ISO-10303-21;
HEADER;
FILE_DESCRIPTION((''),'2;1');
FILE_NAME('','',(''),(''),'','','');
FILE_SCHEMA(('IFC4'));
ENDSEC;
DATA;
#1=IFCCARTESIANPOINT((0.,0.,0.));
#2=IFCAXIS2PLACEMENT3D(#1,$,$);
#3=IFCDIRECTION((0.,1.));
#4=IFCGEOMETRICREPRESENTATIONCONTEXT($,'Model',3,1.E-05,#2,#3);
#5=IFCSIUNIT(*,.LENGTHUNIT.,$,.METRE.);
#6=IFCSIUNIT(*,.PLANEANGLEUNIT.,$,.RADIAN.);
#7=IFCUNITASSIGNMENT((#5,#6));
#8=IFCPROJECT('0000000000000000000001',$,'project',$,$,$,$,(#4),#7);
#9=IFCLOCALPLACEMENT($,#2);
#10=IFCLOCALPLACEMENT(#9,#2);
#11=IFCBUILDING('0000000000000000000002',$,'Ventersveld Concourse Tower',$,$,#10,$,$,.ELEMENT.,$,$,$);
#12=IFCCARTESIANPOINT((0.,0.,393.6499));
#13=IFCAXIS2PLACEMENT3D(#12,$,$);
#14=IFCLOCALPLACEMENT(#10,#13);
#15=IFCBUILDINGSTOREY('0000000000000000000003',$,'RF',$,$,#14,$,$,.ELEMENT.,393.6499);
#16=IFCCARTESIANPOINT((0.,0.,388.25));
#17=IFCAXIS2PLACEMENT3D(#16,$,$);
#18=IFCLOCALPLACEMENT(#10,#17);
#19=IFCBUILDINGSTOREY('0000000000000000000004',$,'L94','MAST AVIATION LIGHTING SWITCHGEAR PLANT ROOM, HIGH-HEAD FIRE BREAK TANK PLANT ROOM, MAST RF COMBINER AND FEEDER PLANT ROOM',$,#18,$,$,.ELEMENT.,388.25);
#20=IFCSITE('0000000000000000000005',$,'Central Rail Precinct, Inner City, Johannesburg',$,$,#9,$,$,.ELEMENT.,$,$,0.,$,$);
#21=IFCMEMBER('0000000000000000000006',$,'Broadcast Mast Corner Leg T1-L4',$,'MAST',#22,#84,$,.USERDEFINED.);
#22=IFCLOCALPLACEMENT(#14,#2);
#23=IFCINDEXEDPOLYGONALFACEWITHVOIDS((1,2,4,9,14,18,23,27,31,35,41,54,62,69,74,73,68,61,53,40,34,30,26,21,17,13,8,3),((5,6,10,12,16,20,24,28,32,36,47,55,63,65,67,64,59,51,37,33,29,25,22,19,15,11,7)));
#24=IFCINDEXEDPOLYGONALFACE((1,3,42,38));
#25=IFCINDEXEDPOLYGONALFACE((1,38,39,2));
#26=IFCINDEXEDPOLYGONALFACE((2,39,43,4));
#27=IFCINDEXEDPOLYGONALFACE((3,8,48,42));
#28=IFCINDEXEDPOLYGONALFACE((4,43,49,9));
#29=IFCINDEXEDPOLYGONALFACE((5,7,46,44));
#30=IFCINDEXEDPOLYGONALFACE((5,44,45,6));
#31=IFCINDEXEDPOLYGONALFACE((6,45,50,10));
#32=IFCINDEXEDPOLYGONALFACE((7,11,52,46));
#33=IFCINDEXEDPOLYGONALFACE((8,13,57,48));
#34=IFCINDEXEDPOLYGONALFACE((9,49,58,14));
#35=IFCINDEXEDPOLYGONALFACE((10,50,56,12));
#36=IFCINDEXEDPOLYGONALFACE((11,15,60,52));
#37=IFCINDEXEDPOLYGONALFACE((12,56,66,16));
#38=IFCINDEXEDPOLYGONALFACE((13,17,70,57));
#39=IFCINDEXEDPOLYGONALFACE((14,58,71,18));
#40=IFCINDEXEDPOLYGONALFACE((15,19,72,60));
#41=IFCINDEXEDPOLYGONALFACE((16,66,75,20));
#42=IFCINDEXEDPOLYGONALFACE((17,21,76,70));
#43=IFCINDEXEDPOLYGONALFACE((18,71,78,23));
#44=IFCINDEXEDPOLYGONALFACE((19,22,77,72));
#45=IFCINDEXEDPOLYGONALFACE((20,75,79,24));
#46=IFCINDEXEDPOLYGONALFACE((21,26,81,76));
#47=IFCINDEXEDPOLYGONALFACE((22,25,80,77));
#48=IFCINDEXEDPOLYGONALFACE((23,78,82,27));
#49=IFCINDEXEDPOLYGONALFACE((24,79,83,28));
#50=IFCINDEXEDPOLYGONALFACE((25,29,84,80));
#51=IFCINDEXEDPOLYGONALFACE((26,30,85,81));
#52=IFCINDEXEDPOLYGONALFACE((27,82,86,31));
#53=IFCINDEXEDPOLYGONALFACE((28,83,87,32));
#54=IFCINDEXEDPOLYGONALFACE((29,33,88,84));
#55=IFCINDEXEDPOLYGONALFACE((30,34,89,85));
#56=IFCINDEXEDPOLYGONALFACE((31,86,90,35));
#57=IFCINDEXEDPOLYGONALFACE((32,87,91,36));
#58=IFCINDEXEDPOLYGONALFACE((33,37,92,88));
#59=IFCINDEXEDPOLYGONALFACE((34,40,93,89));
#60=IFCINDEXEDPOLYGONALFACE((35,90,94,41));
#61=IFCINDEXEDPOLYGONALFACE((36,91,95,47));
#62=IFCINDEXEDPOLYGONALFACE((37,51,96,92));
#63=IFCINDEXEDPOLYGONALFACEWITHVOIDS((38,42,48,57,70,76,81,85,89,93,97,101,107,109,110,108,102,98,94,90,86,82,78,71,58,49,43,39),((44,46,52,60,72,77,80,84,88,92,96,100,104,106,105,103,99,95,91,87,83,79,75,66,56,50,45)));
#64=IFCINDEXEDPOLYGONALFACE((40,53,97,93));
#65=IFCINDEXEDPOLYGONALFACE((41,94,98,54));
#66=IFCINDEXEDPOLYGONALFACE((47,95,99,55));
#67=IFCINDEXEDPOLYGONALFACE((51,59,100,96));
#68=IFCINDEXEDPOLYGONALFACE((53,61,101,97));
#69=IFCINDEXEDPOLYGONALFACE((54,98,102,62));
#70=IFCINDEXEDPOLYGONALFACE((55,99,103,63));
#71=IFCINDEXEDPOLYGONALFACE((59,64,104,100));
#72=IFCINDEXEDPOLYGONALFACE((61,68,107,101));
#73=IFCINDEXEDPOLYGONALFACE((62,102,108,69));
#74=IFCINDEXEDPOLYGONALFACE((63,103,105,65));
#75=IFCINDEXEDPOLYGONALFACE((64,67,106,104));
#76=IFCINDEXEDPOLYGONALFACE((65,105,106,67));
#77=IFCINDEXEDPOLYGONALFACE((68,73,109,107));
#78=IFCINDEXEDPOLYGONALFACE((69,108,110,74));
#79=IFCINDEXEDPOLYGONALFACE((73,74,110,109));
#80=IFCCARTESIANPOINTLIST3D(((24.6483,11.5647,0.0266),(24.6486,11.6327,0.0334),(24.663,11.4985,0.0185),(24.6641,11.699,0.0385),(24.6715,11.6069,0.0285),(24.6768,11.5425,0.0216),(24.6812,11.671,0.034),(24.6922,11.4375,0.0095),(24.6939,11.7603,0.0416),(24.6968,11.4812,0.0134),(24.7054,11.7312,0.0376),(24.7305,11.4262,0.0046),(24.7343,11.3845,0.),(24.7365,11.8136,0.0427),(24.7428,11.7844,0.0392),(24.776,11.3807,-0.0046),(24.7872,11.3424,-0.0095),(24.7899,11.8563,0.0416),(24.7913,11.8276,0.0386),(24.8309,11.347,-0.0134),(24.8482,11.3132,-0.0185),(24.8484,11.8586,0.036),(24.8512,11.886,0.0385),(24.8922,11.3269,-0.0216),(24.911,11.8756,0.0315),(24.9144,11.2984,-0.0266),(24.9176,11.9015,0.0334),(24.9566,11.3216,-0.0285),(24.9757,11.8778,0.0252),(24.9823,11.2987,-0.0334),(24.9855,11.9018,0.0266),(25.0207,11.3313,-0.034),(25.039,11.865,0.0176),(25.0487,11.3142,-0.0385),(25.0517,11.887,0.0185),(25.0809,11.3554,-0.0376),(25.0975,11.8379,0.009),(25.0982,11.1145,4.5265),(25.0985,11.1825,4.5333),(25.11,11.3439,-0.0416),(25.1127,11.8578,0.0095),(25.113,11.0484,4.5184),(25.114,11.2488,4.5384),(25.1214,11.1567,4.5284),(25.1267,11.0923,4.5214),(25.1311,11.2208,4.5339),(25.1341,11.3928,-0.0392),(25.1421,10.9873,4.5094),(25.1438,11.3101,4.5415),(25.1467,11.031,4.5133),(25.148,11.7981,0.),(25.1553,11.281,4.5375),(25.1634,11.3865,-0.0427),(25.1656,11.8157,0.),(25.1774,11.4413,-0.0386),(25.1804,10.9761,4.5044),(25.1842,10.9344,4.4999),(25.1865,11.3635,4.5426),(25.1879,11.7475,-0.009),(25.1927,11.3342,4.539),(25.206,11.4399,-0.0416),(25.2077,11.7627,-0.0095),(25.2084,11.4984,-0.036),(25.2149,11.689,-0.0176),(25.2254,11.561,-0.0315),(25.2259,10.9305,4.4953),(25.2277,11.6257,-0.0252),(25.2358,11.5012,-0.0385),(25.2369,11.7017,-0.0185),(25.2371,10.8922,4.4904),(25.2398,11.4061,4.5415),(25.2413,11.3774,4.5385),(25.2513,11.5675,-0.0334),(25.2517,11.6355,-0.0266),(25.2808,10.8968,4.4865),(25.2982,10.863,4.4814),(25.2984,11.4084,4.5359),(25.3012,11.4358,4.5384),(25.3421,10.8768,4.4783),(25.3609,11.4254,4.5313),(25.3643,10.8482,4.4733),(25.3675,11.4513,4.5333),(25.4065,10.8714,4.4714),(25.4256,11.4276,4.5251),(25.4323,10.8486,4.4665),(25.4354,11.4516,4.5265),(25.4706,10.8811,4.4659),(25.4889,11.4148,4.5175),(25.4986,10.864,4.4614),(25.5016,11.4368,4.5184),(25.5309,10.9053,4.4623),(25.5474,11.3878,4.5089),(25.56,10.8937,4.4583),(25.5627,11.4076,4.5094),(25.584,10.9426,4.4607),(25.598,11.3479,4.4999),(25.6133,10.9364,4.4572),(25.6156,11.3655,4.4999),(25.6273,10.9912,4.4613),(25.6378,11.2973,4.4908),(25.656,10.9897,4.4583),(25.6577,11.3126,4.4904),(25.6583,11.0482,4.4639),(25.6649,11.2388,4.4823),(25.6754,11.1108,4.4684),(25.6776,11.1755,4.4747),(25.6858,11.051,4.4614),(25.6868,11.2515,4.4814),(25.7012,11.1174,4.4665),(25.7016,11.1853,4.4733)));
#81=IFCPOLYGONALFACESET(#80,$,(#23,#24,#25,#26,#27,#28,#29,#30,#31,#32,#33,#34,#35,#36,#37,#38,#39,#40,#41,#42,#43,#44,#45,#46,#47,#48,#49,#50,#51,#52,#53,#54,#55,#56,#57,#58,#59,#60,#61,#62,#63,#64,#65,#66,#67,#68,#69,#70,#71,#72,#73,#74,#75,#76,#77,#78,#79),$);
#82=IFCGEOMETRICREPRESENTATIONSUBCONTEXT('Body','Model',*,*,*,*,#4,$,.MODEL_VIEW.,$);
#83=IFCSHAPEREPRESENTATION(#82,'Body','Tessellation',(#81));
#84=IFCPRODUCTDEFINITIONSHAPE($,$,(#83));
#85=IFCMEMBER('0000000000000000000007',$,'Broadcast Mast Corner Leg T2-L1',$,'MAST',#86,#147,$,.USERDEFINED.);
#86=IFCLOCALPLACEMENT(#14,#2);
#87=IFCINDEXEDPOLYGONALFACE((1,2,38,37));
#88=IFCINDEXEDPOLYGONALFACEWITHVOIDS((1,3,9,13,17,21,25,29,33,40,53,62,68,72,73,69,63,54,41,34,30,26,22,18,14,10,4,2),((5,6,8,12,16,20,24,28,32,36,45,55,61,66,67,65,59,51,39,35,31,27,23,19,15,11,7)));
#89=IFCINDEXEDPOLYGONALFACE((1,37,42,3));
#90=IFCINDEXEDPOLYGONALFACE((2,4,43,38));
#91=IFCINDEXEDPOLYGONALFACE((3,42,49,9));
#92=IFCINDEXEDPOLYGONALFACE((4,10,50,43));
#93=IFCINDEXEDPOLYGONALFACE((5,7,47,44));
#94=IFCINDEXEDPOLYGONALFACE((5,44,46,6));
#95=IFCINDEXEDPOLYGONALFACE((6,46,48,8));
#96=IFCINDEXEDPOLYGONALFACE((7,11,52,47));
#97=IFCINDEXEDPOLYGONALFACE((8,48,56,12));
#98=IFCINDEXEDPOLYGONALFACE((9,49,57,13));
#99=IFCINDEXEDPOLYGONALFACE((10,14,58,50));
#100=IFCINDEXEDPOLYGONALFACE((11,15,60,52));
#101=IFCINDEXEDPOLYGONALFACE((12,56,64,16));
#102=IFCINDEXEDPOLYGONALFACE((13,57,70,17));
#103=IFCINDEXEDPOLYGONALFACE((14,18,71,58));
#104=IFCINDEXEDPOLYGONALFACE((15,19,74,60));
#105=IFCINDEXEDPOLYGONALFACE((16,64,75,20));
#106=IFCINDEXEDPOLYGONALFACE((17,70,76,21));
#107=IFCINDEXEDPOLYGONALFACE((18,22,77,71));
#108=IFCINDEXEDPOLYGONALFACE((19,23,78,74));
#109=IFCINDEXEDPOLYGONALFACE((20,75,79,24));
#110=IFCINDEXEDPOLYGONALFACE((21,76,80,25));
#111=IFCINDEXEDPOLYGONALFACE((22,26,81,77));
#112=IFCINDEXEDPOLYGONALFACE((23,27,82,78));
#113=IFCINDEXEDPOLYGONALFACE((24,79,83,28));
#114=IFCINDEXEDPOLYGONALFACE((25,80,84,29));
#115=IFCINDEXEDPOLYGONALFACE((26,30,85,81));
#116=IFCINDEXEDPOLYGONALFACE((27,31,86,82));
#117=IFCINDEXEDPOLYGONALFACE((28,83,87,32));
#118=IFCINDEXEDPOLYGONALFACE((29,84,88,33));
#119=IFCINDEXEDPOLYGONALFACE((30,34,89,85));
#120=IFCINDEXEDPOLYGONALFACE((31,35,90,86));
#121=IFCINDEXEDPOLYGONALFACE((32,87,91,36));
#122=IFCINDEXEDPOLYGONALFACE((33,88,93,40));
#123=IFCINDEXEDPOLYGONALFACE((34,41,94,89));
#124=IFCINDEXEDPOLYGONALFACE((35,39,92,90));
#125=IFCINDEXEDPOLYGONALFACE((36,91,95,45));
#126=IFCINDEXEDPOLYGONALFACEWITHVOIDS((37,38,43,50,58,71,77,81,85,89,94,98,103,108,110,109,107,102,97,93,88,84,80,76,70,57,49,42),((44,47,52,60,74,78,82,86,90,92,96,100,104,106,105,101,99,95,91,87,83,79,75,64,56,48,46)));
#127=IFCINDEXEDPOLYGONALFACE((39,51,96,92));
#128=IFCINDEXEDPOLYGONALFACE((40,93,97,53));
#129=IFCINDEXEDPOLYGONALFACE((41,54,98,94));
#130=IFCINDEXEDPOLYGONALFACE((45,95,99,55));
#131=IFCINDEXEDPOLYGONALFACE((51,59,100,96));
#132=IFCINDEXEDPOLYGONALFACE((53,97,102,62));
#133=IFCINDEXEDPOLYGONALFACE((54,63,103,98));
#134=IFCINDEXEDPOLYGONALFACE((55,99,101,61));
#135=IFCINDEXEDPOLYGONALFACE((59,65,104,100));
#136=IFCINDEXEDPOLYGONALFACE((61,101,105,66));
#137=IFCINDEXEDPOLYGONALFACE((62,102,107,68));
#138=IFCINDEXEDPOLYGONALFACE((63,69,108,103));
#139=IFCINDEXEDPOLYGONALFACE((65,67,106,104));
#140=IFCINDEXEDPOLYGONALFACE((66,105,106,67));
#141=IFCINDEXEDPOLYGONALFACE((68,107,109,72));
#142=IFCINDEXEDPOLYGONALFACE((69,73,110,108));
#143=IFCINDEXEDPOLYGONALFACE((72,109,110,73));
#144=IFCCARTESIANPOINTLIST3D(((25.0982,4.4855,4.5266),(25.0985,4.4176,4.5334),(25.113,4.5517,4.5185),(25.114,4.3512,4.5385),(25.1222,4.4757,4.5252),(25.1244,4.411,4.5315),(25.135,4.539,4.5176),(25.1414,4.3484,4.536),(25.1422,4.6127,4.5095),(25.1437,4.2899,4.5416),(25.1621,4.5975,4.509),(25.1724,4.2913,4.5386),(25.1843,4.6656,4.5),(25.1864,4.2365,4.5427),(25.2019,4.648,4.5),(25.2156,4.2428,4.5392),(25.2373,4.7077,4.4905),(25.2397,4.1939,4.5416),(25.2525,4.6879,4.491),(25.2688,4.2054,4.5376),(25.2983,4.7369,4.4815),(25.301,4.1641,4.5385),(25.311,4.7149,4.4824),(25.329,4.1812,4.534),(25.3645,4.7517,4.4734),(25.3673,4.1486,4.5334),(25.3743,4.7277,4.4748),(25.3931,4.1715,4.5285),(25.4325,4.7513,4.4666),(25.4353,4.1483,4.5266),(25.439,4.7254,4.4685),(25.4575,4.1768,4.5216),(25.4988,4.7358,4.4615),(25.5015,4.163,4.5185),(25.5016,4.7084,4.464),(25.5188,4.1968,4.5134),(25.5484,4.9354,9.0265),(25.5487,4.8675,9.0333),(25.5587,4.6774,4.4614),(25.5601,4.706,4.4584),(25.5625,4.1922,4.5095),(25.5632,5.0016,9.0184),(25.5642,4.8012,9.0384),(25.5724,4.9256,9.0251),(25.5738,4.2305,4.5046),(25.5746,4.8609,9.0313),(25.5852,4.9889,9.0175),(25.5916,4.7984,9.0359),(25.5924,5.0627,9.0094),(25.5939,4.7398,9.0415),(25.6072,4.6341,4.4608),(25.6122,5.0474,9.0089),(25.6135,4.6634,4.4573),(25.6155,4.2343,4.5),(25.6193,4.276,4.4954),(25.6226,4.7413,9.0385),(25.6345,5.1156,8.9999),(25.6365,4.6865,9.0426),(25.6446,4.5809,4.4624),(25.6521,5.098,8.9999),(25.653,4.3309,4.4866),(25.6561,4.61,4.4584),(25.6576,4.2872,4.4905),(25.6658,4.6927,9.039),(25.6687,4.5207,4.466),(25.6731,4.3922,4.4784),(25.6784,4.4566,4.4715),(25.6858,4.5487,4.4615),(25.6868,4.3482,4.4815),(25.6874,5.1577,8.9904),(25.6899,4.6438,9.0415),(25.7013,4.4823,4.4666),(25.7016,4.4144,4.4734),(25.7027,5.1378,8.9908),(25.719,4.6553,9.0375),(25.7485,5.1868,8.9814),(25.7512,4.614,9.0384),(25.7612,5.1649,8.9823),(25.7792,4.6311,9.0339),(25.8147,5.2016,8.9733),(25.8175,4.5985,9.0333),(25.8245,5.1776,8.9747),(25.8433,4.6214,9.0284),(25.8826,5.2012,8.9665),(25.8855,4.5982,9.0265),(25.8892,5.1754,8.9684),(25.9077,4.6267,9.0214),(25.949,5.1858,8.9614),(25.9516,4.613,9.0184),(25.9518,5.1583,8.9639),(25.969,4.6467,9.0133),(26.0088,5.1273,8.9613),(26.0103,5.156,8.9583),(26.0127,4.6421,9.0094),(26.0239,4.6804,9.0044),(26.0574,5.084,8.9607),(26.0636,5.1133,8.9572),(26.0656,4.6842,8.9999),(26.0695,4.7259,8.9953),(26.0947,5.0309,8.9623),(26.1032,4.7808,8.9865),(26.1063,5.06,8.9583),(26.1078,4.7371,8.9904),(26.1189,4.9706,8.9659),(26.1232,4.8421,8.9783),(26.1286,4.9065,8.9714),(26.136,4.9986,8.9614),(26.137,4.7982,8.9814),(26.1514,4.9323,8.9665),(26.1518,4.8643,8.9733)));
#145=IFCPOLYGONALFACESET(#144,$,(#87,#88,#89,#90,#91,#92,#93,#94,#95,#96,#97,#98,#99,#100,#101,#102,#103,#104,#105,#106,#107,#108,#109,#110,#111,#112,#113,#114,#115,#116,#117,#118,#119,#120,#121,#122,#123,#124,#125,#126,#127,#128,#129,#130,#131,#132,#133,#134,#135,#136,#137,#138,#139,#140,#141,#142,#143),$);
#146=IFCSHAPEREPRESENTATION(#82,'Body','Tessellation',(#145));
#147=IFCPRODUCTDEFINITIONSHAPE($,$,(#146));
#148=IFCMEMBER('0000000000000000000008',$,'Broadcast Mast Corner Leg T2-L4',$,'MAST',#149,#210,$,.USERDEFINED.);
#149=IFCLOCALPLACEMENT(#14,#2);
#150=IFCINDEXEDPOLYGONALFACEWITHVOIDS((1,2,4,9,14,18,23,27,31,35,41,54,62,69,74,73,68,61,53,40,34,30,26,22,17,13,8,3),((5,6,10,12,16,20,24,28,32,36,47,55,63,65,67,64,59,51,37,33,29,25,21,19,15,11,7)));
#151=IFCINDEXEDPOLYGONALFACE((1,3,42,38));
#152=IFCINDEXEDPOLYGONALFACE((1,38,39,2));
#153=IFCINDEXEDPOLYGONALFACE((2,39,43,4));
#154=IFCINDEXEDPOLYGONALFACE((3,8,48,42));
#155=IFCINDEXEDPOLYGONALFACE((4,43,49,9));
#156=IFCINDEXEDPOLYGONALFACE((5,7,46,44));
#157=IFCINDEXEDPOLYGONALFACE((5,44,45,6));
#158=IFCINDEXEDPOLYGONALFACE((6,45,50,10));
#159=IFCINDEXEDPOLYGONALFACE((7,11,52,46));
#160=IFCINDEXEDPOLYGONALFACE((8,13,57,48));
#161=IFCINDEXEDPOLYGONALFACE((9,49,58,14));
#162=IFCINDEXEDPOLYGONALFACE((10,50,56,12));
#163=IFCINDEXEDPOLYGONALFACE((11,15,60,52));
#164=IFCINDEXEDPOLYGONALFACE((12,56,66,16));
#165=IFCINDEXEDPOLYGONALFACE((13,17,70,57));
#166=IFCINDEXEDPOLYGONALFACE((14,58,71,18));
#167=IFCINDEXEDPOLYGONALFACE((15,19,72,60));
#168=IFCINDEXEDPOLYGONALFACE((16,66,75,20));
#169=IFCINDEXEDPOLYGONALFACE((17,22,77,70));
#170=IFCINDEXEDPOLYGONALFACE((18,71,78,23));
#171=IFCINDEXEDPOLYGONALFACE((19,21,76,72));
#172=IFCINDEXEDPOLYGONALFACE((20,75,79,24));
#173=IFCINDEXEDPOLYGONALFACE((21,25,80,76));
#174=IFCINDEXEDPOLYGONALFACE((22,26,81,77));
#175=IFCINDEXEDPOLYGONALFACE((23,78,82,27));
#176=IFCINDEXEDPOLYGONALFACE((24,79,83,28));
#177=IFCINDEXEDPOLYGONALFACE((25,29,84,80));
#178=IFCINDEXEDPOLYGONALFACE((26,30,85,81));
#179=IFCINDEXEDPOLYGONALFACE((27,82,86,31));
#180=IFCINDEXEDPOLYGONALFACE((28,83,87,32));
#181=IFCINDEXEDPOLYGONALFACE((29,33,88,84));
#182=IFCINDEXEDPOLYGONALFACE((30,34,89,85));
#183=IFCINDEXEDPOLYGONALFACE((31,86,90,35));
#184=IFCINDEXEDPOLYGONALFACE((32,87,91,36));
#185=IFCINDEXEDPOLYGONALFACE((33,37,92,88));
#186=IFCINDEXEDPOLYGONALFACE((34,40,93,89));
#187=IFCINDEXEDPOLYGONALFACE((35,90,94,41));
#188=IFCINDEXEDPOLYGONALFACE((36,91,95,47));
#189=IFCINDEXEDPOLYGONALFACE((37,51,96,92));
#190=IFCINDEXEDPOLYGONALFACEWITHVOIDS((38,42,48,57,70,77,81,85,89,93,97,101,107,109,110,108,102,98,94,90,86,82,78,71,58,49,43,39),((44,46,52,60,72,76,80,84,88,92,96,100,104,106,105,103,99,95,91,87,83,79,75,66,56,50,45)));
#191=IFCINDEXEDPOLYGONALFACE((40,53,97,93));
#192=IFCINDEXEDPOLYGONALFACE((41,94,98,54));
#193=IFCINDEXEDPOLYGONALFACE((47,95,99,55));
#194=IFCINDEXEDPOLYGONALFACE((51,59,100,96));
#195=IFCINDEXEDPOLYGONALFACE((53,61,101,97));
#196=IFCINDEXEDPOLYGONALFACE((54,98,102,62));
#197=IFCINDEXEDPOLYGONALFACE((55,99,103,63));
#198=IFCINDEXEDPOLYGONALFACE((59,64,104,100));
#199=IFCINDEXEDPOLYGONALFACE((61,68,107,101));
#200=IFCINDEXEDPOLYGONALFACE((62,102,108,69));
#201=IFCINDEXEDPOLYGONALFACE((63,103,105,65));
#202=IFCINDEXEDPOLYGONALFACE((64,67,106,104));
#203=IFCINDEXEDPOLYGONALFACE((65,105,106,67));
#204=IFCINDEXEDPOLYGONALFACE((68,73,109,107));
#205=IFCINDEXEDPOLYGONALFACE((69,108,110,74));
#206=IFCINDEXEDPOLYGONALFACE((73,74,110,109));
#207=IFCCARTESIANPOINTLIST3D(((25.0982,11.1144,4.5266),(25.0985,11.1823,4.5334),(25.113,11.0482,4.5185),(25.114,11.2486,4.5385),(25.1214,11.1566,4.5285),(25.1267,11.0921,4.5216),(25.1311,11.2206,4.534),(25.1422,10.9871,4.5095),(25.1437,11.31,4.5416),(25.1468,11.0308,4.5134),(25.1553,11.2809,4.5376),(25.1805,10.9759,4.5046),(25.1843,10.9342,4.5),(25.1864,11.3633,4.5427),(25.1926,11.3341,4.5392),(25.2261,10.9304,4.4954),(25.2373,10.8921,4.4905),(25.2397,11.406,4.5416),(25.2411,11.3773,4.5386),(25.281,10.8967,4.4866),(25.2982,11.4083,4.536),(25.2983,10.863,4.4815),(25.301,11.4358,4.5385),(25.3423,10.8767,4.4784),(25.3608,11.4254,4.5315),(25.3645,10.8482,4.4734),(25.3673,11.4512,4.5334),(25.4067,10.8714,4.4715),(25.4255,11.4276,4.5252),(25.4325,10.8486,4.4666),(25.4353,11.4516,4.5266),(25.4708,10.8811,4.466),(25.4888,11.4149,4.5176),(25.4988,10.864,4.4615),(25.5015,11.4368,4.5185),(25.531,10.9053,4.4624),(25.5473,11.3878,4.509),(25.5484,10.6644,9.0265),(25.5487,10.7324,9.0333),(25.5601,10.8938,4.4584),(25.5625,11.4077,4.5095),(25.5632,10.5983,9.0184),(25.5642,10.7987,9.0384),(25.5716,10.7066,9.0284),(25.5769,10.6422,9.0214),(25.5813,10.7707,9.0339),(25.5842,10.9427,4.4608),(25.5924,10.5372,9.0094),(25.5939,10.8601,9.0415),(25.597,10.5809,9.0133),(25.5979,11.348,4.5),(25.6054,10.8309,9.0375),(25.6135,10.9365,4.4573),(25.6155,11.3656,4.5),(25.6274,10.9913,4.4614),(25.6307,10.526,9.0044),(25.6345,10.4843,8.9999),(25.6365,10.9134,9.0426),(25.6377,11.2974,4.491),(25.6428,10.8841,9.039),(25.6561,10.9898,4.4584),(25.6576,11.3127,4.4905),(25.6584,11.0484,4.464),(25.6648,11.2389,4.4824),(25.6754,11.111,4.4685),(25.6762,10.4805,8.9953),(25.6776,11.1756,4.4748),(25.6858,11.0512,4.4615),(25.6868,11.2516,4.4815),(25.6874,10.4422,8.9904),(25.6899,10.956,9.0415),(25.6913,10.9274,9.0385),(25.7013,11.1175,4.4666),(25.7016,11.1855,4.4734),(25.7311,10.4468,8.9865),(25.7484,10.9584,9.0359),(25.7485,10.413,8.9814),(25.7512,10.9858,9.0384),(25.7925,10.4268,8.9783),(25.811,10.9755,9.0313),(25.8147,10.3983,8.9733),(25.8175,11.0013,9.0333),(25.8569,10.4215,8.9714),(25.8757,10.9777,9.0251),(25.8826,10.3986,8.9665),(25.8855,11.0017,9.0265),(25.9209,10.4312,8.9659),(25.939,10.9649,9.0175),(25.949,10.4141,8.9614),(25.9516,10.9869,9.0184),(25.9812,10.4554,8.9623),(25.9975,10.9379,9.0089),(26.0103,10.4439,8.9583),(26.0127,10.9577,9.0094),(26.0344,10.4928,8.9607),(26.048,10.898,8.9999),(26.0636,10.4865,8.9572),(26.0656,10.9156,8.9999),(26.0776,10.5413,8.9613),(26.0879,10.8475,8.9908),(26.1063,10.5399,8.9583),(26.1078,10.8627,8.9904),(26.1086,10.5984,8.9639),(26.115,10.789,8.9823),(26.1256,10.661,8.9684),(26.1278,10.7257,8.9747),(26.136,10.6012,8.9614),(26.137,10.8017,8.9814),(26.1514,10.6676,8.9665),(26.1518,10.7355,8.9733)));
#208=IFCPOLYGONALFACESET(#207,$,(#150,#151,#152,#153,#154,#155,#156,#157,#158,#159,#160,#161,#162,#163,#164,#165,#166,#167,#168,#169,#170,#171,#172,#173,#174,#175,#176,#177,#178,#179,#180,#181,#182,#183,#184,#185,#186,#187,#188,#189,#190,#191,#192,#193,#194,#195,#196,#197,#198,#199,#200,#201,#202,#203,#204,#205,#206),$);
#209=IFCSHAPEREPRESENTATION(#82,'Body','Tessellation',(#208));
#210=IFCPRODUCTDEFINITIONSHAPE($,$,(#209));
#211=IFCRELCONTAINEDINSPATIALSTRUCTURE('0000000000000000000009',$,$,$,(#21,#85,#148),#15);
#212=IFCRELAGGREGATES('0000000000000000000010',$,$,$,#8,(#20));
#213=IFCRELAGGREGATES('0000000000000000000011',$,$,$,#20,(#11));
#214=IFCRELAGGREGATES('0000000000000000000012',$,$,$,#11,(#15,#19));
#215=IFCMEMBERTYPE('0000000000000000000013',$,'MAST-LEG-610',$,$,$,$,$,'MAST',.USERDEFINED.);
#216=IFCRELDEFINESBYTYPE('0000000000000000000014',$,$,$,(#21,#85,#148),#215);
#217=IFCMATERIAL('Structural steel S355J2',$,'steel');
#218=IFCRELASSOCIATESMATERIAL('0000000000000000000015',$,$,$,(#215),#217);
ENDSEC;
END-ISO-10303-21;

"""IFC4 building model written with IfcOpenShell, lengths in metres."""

from ifc_helpers import new_model, si_unit, direction, frame, origin, origin_2d, place, context, subcontext, project, spatial, hollow_circle, extrude, material, material_profile, profile_set, type_object, element, save


model = new_model("IFC4")

# Units and contexts
model_context = context("Model", 3, precision=1e-05, world=origin(), true_north=direction((0.0, 1.0)))
body_context = subcontext(model_context, "Body", "Model", "MODEL_VIEW")
ifc_project = project(units=[si_unit("LENGTHUNIT", "METRE"), si_unit("PLANEANGLEUNIT", "RADIAN")], contexts=[model_context])

# Site, building, storey
site_placement = place(None, origin())
site = spatial("IfcSite", under=ifc_project, at=site_placement, Name="Central Rail Precinct, Inner City, Johannesburg", CompositionType="ELEMENT", RefElevation=0.0)
building_placement = place(site_placement, origin())
building = spatial("IfcBuilding", under=site, at=building_placement, Name="Ventersveld Concourse Tower", CompositionType="ELEMENT")
storey_1_placement = place(building_placement, frame((0.0, 0.0, 393.6499)))
storey_1 = spatial("IfcBuildingStorey", under=building, at=storey_1_placement, Name="RF", CompositionType="ELEMENT", Elevation=393.6499)

# Members
ifc_material_1 = material(Name="Structural steel S355J2", Category="steel")
ifc_material_profile_1 = material_profile(ifc_material_1, hollow_circle(Radius=0.3049, WallThickness=0.0249, at=origin_2d()), Name="CHS 610x25")
ifc_profile_set_1 = profile_set([ifc_material_profile_1], Name="Structural steel S355J2")
member_type_1 = type_object("IfcMemberType", Name="MAST-LEG-610", ElementType="MAST", PredefinedType="USERDEFINED", material=ifc_profile_set_1)
for number, where, z_axis, x_axis, name in (
    (1, (24.95, 11.6001, 0.0), (0.099004, -0.099057, 0.990144), (0.707299, 0.706915, 0.0), "Broadcast Mast Corner Leg T1-L4"),
    (2, (25.3999, 4.45, 4.5), (0.099057, 0.099004, 0.990144), (-0.706915, 0.707299, 0.0), "Broadcast Mast Corner Leg T2-L1"),
    (3, (25.3999, 11.1499, 4.5), (0.099057, -0.099004, 0.990144), (0.706915, 0.707299, 0.0), "Broadcast Mast Corner Leg T2-L4"),
):
    element("IfcMember", number, at=place(storey_1_placement, frame(where, z_axis=z_axis, x_axis=x_axis)), inside=storey_1, type_object=member_type_1, Name=name, ObjectType="MAST", PredefinedType="USERDEFINED", context=body_context, shape_type="SweptSolid", body=[
        extrude(hollow_circle(Radius=0.3049, WallThickness=0.0249, at=origin_2d()), origin(), (0.0, 0.0, 1.0), 4.5447),
    ])

# Shared definitions
storey_2_placement = place(building_placement, frame((0.0, 0.0, 388.25)))
storey_2 = spatial("IfcBuildingStorey", under=building, at=storey_2_placement, Name="L94", Description="MAST AVIATION LIGHTING SWITCHGEAR PLANT ROOM, HIGH-HEAD FIRE BREAK TANK PLANT ROOM, MAST RF COMBINER AND FEEDER PLANT ROOM", CompositionType="ELEMENT", Elevation=388.25)

save(model, "model.ifc")
